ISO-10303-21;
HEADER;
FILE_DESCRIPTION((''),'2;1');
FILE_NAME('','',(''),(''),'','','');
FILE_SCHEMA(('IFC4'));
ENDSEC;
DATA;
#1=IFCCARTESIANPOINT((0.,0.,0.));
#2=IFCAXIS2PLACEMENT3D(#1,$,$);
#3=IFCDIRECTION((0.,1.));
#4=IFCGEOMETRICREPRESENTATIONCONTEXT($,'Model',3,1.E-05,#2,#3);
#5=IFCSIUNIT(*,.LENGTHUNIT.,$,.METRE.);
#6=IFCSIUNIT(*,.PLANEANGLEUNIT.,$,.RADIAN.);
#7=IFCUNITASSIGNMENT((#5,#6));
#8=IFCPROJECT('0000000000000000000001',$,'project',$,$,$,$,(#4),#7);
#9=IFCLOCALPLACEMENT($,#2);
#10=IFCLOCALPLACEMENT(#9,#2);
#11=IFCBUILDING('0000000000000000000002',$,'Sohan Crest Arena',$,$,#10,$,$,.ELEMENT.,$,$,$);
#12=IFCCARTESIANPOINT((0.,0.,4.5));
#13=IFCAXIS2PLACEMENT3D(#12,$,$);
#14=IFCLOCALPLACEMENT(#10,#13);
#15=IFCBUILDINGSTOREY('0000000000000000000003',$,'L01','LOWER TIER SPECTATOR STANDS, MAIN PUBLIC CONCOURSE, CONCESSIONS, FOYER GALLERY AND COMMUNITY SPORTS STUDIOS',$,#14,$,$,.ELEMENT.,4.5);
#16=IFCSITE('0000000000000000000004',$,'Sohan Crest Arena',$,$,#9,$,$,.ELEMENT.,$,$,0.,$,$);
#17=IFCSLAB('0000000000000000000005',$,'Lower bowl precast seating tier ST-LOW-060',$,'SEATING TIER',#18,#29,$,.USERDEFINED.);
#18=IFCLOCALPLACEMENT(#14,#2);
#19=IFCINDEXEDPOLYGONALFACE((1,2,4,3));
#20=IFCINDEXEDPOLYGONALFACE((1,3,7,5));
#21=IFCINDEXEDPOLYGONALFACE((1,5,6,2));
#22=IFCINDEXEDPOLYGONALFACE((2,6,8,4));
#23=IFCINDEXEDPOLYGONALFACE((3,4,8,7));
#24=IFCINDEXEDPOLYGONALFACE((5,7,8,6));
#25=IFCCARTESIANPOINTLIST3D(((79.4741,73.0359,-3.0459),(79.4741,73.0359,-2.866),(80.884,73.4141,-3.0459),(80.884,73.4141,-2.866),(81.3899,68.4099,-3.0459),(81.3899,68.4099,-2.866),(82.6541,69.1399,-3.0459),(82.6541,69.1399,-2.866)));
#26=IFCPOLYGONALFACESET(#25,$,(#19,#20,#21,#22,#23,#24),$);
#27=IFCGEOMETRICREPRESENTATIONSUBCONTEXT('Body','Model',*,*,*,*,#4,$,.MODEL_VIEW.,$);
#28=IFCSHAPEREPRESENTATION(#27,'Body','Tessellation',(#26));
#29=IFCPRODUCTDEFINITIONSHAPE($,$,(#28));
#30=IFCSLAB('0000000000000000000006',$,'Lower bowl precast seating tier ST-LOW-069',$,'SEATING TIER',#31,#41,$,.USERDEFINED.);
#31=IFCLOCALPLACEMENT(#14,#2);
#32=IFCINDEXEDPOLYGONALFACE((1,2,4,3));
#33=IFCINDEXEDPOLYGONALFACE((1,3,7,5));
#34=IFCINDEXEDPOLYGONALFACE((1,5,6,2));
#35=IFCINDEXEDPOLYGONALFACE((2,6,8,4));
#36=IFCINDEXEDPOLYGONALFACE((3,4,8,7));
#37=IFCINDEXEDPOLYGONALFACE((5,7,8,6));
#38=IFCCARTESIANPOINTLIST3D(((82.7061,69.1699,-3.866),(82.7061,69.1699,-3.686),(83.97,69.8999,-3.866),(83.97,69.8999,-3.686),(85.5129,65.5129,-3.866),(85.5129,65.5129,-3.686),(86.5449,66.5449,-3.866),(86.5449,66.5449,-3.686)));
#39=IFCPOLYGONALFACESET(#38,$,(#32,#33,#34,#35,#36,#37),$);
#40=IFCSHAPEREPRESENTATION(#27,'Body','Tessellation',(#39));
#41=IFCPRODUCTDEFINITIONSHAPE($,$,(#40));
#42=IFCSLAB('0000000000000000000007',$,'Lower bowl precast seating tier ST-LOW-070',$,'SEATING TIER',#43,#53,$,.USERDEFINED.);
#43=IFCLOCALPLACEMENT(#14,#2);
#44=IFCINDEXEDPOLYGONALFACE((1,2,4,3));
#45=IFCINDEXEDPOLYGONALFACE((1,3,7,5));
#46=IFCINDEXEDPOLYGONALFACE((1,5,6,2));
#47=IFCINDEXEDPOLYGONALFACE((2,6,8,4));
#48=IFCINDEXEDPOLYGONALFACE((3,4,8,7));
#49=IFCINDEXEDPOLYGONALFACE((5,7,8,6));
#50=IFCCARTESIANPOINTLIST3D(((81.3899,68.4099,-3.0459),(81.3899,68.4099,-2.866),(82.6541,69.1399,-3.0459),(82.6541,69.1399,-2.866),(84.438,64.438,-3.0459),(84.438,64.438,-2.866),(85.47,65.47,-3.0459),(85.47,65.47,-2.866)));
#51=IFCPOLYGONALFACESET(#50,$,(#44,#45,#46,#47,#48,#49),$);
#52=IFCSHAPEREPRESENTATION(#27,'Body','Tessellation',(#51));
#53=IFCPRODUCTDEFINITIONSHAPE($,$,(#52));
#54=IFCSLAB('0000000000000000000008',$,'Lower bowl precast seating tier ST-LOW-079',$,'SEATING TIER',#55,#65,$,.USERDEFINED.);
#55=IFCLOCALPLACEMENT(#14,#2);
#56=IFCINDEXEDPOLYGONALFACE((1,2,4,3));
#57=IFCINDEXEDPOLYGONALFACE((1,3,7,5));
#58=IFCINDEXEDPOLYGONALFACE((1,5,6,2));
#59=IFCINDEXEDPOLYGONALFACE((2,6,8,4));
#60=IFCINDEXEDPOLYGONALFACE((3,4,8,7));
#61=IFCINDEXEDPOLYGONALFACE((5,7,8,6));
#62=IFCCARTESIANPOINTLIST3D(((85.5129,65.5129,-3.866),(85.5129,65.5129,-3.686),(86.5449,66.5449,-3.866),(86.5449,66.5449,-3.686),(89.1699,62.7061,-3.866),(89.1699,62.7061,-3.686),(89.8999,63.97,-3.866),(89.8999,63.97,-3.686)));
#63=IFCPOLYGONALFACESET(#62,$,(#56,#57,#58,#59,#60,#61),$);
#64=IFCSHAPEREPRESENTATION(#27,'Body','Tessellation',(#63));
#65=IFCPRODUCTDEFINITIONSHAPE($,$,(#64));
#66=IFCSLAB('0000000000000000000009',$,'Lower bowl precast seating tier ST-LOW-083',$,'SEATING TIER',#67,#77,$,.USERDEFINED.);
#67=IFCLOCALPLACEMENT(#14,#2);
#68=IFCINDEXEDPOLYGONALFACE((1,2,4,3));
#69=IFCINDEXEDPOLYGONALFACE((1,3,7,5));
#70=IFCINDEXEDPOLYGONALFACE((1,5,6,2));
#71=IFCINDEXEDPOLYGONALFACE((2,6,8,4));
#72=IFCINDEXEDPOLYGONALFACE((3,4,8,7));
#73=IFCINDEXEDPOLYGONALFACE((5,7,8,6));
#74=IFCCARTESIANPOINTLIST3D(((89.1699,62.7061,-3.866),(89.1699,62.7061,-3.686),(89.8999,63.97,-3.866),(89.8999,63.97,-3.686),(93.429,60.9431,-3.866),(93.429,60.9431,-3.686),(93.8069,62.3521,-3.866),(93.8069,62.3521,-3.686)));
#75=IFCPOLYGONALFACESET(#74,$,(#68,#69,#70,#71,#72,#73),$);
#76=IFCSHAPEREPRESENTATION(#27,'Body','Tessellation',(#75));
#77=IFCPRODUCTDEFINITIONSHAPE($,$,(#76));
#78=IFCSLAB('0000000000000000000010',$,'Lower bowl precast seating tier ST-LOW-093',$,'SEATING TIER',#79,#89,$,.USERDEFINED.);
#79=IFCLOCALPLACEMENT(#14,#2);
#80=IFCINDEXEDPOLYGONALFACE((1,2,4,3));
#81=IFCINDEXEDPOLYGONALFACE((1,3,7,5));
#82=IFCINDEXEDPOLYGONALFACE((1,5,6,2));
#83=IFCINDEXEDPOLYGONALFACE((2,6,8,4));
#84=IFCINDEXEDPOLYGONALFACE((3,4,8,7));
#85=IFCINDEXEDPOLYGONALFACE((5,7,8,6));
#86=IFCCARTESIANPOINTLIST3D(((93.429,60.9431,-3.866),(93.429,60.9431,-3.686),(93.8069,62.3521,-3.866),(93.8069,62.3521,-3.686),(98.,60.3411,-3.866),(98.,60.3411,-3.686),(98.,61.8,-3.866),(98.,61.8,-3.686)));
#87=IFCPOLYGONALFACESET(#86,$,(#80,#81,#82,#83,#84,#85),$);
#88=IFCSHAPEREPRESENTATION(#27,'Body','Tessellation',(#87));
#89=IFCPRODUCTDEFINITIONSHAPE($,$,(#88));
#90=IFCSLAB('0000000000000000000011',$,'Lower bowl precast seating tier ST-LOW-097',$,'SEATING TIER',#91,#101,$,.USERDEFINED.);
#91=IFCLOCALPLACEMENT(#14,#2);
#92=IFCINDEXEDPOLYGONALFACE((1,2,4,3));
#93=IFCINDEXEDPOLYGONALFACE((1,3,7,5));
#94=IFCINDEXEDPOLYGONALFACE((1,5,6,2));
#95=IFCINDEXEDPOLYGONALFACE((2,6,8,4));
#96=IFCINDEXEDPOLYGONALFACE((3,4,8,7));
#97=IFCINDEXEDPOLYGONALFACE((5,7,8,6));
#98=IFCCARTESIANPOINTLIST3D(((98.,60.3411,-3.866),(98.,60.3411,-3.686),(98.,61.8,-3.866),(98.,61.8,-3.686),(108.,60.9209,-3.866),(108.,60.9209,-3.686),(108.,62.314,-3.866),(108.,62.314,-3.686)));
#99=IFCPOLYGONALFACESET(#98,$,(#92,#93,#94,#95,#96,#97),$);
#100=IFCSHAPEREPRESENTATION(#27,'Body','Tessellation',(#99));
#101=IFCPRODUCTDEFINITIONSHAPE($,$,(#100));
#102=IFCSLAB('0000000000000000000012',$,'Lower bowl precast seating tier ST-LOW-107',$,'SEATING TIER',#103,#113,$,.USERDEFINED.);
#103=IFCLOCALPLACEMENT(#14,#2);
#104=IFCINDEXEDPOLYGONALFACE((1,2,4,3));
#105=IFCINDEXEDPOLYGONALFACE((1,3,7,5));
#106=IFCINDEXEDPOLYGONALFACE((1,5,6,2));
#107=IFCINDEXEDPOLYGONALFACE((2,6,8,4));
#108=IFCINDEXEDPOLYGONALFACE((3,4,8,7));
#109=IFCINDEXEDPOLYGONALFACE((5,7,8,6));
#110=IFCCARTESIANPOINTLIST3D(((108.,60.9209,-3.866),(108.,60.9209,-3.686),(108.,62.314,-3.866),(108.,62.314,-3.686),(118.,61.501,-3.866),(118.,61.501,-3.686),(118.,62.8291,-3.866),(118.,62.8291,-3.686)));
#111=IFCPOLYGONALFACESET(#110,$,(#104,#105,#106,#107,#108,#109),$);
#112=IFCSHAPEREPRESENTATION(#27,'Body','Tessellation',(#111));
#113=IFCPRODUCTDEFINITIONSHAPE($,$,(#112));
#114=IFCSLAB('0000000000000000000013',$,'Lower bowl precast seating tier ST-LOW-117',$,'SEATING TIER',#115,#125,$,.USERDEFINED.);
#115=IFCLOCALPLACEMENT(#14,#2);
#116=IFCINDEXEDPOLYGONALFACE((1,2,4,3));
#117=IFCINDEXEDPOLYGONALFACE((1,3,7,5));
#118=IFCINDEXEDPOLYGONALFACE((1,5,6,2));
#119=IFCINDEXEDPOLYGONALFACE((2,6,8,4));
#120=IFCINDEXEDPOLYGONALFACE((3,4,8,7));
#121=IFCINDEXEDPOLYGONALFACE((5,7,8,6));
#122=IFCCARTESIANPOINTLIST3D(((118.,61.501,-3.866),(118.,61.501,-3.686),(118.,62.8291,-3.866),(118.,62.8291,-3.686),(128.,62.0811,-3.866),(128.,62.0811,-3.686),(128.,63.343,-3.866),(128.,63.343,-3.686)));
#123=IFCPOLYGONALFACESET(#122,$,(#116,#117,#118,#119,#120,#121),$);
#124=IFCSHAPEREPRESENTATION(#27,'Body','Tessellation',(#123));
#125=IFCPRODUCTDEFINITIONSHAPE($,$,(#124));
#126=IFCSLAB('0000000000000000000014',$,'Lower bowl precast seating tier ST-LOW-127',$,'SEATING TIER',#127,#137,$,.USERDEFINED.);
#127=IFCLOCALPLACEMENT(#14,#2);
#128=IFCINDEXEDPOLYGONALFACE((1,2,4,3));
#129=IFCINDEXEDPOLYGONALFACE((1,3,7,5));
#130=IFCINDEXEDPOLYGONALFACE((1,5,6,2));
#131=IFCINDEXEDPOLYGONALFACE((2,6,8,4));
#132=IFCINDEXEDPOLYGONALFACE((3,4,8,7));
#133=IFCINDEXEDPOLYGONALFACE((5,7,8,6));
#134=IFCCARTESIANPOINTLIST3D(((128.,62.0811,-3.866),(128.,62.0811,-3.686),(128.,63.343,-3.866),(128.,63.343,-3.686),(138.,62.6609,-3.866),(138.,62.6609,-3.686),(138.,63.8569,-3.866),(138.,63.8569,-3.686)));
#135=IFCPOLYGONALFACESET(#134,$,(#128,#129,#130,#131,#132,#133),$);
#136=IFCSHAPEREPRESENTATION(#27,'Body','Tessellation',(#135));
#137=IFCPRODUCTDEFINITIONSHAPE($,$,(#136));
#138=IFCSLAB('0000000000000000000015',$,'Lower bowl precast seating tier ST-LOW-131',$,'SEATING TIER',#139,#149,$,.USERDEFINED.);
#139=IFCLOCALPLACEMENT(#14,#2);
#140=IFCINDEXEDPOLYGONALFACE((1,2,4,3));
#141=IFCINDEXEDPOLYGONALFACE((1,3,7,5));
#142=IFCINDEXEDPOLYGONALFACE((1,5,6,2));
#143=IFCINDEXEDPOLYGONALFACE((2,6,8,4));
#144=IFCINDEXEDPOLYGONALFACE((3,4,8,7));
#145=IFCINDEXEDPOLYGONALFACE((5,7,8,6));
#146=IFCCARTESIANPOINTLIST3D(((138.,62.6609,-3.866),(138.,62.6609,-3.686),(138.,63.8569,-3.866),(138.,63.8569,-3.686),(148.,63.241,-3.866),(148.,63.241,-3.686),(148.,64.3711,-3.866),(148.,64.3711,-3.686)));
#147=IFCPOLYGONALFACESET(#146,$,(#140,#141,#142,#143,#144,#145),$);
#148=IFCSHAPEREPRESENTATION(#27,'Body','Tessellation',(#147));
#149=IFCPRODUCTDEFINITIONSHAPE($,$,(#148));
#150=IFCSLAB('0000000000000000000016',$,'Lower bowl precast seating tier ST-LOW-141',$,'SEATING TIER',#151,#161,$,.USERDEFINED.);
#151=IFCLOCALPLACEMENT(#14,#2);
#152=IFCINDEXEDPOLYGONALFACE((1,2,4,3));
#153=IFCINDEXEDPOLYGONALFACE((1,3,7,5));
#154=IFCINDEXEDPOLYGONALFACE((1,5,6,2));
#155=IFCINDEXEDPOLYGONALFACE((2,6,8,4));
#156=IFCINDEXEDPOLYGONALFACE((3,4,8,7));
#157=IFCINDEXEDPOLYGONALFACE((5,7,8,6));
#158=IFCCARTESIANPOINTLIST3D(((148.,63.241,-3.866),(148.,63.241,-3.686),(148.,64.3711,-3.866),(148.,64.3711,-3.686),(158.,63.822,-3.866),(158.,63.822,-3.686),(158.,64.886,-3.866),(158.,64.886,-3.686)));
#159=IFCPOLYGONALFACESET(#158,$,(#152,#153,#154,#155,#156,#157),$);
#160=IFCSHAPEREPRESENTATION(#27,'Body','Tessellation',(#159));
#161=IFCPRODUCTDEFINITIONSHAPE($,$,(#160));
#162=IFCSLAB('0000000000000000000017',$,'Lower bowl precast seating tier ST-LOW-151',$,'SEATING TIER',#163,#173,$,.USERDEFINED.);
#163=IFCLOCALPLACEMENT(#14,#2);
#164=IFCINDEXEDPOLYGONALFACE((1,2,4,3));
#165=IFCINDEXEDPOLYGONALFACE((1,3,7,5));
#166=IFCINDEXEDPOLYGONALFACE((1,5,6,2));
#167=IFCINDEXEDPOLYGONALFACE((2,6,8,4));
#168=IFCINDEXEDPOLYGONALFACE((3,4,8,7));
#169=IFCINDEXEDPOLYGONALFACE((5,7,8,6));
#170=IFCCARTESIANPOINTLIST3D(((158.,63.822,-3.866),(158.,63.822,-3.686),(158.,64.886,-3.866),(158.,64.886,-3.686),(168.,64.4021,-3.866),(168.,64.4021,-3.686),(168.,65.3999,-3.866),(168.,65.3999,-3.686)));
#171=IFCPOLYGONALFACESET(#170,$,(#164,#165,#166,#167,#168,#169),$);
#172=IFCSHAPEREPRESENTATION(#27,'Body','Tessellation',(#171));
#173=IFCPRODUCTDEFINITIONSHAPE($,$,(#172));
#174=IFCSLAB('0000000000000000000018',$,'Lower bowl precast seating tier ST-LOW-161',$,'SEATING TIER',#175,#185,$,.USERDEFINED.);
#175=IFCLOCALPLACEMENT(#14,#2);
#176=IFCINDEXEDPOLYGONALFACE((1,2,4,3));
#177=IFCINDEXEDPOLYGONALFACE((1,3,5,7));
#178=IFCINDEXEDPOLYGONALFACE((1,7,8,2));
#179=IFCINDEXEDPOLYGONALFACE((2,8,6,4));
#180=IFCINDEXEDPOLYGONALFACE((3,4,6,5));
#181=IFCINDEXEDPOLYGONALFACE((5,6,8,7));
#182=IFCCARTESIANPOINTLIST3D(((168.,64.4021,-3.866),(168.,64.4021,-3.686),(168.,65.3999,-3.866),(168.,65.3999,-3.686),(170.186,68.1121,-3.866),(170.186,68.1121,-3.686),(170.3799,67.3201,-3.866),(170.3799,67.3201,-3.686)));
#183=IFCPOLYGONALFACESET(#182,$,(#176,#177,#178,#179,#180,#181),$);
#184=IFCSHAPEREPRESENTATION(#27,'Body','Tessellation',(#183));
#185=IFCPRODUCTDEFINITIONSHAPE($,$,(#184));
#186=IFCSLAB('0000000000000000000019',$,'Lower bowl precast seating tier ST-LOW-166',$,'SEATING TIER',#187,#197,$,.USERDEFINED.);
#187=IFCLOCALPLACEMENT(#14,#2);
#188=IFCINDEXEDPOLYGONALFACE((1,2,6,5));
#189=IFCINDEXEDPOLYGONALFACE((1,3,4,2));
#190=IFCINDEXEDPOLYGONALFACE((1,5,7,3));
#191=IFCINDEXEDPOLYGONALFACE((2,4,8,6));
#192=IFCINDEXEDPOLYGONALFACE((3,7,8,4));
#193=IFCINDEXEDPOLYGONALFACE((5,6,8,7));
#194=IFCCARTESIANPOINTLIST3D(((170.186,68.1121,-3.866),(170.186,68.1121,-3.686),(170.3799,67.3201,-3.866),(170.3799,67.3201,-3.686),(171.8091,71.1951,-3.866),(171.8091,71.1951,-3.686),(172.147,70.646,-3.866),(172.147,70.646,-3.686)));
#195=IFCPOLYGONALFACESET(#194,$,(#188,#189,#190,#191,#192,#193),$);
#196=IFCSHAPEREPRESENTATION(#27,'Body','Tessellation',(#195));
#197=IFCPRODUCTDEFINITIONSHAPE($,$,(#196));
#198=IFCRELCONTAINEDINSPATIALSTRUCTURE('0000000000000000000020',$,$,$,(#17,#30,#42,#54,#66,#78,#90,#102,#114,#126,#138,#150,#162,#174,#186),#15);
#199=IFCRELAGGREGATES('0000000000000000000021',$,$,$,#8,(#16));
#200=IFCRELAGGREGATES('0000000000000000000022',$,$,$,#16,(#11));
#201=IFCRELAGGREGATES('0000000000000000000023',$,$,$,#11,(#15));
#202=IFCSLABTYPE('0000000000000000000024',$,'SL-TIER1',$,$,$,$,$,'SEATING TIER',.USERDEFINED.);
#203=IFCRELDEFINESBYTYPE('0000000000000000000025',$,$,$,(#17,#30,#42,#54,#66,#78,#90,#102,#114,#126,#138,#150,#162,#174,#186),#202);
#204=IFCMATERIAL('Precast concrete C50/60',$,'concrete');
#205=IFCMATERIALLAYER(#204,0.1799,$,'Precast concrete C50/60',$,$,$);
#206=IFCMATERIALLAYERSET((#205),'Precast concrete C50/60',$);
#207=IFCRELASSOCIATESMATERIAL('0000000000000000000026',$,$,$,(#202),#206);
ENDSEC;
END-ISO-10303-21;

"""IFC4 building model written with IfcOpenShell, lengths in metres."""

from ifc_helpers import new_model, si_unit, direction, frame, origin, place, context, subcontext, project, spatial, polyline, outline, extrude, material, layer, layer_set, type_object, element, save


model = new_model("IFC4")

# Units and contexts
model_context = context("Model", 3, precision=1e-05, world=origin(), true_north=direction((0.0, 1.0)))
body_context = subcontext(model_context, "Body", "Model", "MODEL_VIEW")
ifc_project = project(units=[si_unit("LENGTHUNIT", "METRE"), si_unit("PLANEANGLEUNIT", "RADIAN")], contexts=[model_context])

# Site, building, storey
site_placement = place(None, origin())
site = spatial("IfcSite", under=ifc_project, at=site_placement, Name="Sohan Crest Arena", CompositionType="ELEMENT", RefElevation=0.0)
building_placement = place(site_placement, origin())
building = spatial("IfcBuilding", under=site, at=building_placement, Name="Sohan Crest Arena", CompositionType="ELEMENT")
storey_placement = place(building_placement, frame((0.0, 0.0, 4.5)))
storey = spatial("IfcBuildingStorey", under=building, at=storey_placement, Name="L01", Description="LOWER TIER SPECTATOR STANDS, MAIN PUBLIC CONCOURSE, CONCESSIONS, FOYER GALLERY AND COMMUNITY SPORTS STUDIOS", CompositionType="ELEMENT", Elevation=4.5)

# Slabs
ifc_material = material(Name="Precast concrete C50/60", Category="concrete")
ifc_layer = layer(ifc_material, 0.1799, Name="Precast concrete C50/60")
ifc_layer_set = layer_set([ifc_layer], Name="Precast concrete C50/60")
slab_type = type_object("IfcSlabType", Name="SL-TIER1", ElementType="SEATING TIER", PredefinedType="USERDEFINED", material=ifc_layer_set)
slab_1_placement = place(storey_placement, frame((0.0, 0.0, -3.0459)))
element("IfcSlab", 1, at=slab_1_placement, inside=storey, type_object=slab_type, Name="Lower bowl precast seating tier ST-LOW-060", ObjectType="SEATING TIER", PredefinedType="USERDEFINED", context=body_context, shape_type="SweptSolid", body=[
    extrude(outline(polyline([(80.884, 73.4141), (82.6541, 69.1399), (81.3899, 68.4099), (79.4741, 73.0359), (80.884, 73.4141)])), origin(), (0.0, 0.0, 1.0), 0.1799),
])
slab_2_placement = place(storey_placement, frame((0.0, 0.0, -3.866)))
element("IfcSlab", 2, at=slab_2_placement, inside=storey, type_object=slab_type, Name="Lower bowl precast seating tier ST-LOW-069", ObjectType="SEATING TIER", PredefinedType="USERDEFINED", context=body_context, shape_type="SweptSolid", body=[
    extrude(outline(polyline([(83.97, 69.8999), (86.5449, 66.5449), (85.5129, 65.5129), (82.7061, 69.1699), (83.97, 69.8999)])), origin(), (0.0, 0.0, 1.0), 0.1799),
])
slab_3_placement = place(storey_placement, frame((0.0, 0.0, -3.0459)))
element("IfcSlab", 3, at=slab_3_placement, inside=storey, type_object=slab_type, Name="Lower bowl precast seating tier ST-LOW-070", ObjectType="SEATING TIER", PredefinedType="USERDEFINED", context=body_context, shape_type="SweptSolid", body=[
    extrude(outline(polyline([(82.6541, 69.1399), (85.47, 65.47), (84.438, 64.438), (81.3899, 68.4099), (82.6541, 69.1399)])), origin(), (0.0, 0.0, 1.0), 0.1799),
])
slab_4_placement = place(storey_placement, frame((0.0, 0.0, -3.866)))
element("IfcSlab", 4, at=slab_4_placement, inside=storey, type_object=slab_type, Name="Lower bowl precast seating tier ST-LOW-079", ObjectType="SEATING TIER", PredefinedType="USERDEFINED", context=body_context, shape_type="SweptSolid", body=[
    extrude(outline(polyline([(86.5449, 66.5449), (89.8999, 63.97), (89.1699, 62.7061), (85.5129, 65.5129), (86.5449, 66.5449)])), origin(), (0.0, 0.0, 1.0), 0.1799),
])
slab_5_placement = place(storey_placement, frame((0.0, 0.0, -3.866)))
element("IfcSlab", 5, at=slab_5_placement, inside=storey, type_object=slab_type, Name="Lower bowl precast seating tier ST-LOW-083", ObjectType="SEATING TIER", PredefinedType="USERDEFINED", context=body_context, shape_type="SweptSolid", body=[
    extrude(outline(polyline([(89.8999, 63.97), (93.8069, 62.3521), (93.429, 60.9431), (89.1699, 62.7061), (89.8999, 63.97)])), origin(), (0.0, 0.0, 1.0), 0.1799),
])
slab_6_placement = place(storey_placement, frame((0.0, 0.0, -3.866)))
element("IfcSlab", 6, at=slab_6_placement, inside=storey, type_object=slab_type, Name="Lower bowl precast seating tier ST-LOW-093", ObjectType="SEATING TIER", PredefinedType="USERDEFINED", context=body_context, shape_type="SweptSolid", body=[
    extrude(outline(polyline([(93.8069, 62.3521), (98.0, 61.8), (98.0, 60.3411), (93.429, 60.9431), (93.8069, 62.3521)])), origin(), (0.0, 0.0, 1.0), 0.1799),
])
slab_7_placement = place(storey_placement, frame((0.0, 0.0, -3.866)))
element("IfcSlab", 7, at=slab_7_placement, inside=storey, type_object=slab_type, Name="Lower bowl precast seating tier ST-LOW-097", ObjectType="SEATING TIER", PredefinedType="USERDEFINED", context=body_context, shape_type="SweptSolid", body=[
    extrude(outline(polyline([(98.0, 61.8), (108.0, 62.314), (108.0, 60.9209), (98.0, 60.3411), (98.0, 61.8)])), origin(), (0.0, 0.0, 1.0), 0.1799),
])
slab_8_placement = place(storey_placement, frame((0.0, 0.0, -3.866)))
element("IfcSlab", 8, at=slab_8_placement, inside=storey, type_object=slab_type, Name="Lower bowl precast seating tier ST-LOW-107", ObjectType="SEATING TIER", PredefinedType="USERDEFINED", context=body_context, shape_type="SweptSolid", body=[
    extrude(outline(polyline([(108.0, 62.314), (118.0, 62.8291), (118.0, 61.501), (108.0, 60.9209), (108.0, 62.314)])), origin(), (0.0, 0.0, 1.0), 0.1799),
])
slab_9_placement = place(storey_placement, frame((0.0, 0.0, -3.866)))
element("IfcSlab", 9, at=slab_9_placement, inside=storey, type_object=slab_type, Name="Lower bowl precast seating tier ST-LOW-117", ObjectType="SEATING TIER", PredefinedType="USERDEFINED", context=body_context, shape_type="SweptSolid", body=[
    extrude(outline(polyline([(118.0, 62.8291), (128.0, 63.343), (128.0, 62.0811), (118.0, 61.501), (118.0, 62.8291)])), origin(), (0.0, 0.0, 1.0), 0.1799),
])
slab_10_placement = place(storey_placement, frame((0.0, 0.0, -3.866)))
element("IfcSlab", 10, at=slab_10_placement, inside=storey, type_object=slab_type, Name="Lower bowl precast seating tier ST-LOW-127", ObjectType="SEATING TIER", PredefinedType="USERDEFINED", context=body_context, shape_type="SweptSolid", body=[
    extrude(outline(polyline([(128.0, 63.343), (138.0, 63.8569), (138.0, 62.6609), (128.0, 62.0811), (128.0, 63.343)])), origin(), (0.0, 0.0, 1.0), 0.1799),
])
slab_11_placement = place(storey_placement, frame((0.0, 0.0, -3.866)))
element("IfcSlab", 11, at=slab_11_placement, inside=storey, type_object=slab_type, Name="Lower bowl precast seating tier ST-LOW-131", ObjectType="SEATING TIER", PredefinedType="USERDEFINED", context=body_context, shape_type="SweptSolid", body=[
    extrude(outline(polyline([(138.0, 63.8569), (148.0, 64.3711), (148.0, 63.241), (138.0, 62.6609), (138.0, 63.8569)])), origin(), (0.0, 0.0, 1.0), 0.1799),
])
slab_12_placement = place(storey_placement, frame((0.0, 0.0, -3.866)))
element("IfcSlab", 12, at=slab_12_placement, inside=storey, type_object=slab_type, Name="Lower bowl precast seating tier ST-LOW-141", ObjectType="SEATING TIER", PredefinedType="USERDEFINED", context=body_context, shape_type="SweptSolid", body=[
    extrude(outline(polyline([(148.0, 64.3711), (158.0, 64.886), (158.0, 63.822), (148.0, 63.241), (148.0, 64.3711)])), origin(), (0.0, 0.0, 1.0), 0.1799),
])
slab_13_placement = place(storey_placement, frame((0.0, 0.0, -3.866)))
element("IfcSlab", 13, at=slab_13_placement, inside=storey, type_object=slab_type, Name="Lower bowl precast seating tier ST-LOW-151", ObjectType="SEATING TIER", PredefinedType="USERDEFINED", context=body_context, shape_type="SweptSolid", body=[
    extrude(outline(polyline([(158.0, 64.886), (168.0, 65.3999), (168.0, 64.4021), (158.0, 63.822), (158.0, 64.886)])), origin(), (0.0, 0.0, 1.0), 0.1799),
])
slab_14_placement = place(storey_placement, frame((0.0, 0.0, -3.866)))
element("IfcSlab", 14, at=slab_14_placement, inside=storey, type_object=slab_type, Name="Lower bowl precast seating tier ST-LOW-161", ObjectType="SEATING TIER", PredefinedType="USERDEFINED", context=body_context, shape_type="SweptSolid", body=[
    extrude(outline(polyline([(168.0, 65.3999), (170.186, 68.1121), (170.3799, 67.3201), (168.0, 64.4021), (168.0, 65.3999)])), origin(), (0.0, 0.0, 1.0), 0.1799),
])
slab_15_placement = place(storey_placement, frame((0.0, 0.0, -3.866)))
element("IfcSlab", 15, at=slab_15_placement, inside=storey, type_object=slab_type, Name="Lower bowl precast seating tier ST-LOW-166", ObjectType="SEATING TIER", PredefinedType="USERDEFINED", context=body_context, shape_type="SweptSolid", body=[
    extrude(outline(polyline([(170.186, 68.1121), (171.8091, 71.1951), (172.147, 70.646), (170.3799, 67.3201), (170.186, 68.1121)])), origin(), (0.0, 0.0, 1.0), 0.1799),
])

save(model, "model.ifc")
